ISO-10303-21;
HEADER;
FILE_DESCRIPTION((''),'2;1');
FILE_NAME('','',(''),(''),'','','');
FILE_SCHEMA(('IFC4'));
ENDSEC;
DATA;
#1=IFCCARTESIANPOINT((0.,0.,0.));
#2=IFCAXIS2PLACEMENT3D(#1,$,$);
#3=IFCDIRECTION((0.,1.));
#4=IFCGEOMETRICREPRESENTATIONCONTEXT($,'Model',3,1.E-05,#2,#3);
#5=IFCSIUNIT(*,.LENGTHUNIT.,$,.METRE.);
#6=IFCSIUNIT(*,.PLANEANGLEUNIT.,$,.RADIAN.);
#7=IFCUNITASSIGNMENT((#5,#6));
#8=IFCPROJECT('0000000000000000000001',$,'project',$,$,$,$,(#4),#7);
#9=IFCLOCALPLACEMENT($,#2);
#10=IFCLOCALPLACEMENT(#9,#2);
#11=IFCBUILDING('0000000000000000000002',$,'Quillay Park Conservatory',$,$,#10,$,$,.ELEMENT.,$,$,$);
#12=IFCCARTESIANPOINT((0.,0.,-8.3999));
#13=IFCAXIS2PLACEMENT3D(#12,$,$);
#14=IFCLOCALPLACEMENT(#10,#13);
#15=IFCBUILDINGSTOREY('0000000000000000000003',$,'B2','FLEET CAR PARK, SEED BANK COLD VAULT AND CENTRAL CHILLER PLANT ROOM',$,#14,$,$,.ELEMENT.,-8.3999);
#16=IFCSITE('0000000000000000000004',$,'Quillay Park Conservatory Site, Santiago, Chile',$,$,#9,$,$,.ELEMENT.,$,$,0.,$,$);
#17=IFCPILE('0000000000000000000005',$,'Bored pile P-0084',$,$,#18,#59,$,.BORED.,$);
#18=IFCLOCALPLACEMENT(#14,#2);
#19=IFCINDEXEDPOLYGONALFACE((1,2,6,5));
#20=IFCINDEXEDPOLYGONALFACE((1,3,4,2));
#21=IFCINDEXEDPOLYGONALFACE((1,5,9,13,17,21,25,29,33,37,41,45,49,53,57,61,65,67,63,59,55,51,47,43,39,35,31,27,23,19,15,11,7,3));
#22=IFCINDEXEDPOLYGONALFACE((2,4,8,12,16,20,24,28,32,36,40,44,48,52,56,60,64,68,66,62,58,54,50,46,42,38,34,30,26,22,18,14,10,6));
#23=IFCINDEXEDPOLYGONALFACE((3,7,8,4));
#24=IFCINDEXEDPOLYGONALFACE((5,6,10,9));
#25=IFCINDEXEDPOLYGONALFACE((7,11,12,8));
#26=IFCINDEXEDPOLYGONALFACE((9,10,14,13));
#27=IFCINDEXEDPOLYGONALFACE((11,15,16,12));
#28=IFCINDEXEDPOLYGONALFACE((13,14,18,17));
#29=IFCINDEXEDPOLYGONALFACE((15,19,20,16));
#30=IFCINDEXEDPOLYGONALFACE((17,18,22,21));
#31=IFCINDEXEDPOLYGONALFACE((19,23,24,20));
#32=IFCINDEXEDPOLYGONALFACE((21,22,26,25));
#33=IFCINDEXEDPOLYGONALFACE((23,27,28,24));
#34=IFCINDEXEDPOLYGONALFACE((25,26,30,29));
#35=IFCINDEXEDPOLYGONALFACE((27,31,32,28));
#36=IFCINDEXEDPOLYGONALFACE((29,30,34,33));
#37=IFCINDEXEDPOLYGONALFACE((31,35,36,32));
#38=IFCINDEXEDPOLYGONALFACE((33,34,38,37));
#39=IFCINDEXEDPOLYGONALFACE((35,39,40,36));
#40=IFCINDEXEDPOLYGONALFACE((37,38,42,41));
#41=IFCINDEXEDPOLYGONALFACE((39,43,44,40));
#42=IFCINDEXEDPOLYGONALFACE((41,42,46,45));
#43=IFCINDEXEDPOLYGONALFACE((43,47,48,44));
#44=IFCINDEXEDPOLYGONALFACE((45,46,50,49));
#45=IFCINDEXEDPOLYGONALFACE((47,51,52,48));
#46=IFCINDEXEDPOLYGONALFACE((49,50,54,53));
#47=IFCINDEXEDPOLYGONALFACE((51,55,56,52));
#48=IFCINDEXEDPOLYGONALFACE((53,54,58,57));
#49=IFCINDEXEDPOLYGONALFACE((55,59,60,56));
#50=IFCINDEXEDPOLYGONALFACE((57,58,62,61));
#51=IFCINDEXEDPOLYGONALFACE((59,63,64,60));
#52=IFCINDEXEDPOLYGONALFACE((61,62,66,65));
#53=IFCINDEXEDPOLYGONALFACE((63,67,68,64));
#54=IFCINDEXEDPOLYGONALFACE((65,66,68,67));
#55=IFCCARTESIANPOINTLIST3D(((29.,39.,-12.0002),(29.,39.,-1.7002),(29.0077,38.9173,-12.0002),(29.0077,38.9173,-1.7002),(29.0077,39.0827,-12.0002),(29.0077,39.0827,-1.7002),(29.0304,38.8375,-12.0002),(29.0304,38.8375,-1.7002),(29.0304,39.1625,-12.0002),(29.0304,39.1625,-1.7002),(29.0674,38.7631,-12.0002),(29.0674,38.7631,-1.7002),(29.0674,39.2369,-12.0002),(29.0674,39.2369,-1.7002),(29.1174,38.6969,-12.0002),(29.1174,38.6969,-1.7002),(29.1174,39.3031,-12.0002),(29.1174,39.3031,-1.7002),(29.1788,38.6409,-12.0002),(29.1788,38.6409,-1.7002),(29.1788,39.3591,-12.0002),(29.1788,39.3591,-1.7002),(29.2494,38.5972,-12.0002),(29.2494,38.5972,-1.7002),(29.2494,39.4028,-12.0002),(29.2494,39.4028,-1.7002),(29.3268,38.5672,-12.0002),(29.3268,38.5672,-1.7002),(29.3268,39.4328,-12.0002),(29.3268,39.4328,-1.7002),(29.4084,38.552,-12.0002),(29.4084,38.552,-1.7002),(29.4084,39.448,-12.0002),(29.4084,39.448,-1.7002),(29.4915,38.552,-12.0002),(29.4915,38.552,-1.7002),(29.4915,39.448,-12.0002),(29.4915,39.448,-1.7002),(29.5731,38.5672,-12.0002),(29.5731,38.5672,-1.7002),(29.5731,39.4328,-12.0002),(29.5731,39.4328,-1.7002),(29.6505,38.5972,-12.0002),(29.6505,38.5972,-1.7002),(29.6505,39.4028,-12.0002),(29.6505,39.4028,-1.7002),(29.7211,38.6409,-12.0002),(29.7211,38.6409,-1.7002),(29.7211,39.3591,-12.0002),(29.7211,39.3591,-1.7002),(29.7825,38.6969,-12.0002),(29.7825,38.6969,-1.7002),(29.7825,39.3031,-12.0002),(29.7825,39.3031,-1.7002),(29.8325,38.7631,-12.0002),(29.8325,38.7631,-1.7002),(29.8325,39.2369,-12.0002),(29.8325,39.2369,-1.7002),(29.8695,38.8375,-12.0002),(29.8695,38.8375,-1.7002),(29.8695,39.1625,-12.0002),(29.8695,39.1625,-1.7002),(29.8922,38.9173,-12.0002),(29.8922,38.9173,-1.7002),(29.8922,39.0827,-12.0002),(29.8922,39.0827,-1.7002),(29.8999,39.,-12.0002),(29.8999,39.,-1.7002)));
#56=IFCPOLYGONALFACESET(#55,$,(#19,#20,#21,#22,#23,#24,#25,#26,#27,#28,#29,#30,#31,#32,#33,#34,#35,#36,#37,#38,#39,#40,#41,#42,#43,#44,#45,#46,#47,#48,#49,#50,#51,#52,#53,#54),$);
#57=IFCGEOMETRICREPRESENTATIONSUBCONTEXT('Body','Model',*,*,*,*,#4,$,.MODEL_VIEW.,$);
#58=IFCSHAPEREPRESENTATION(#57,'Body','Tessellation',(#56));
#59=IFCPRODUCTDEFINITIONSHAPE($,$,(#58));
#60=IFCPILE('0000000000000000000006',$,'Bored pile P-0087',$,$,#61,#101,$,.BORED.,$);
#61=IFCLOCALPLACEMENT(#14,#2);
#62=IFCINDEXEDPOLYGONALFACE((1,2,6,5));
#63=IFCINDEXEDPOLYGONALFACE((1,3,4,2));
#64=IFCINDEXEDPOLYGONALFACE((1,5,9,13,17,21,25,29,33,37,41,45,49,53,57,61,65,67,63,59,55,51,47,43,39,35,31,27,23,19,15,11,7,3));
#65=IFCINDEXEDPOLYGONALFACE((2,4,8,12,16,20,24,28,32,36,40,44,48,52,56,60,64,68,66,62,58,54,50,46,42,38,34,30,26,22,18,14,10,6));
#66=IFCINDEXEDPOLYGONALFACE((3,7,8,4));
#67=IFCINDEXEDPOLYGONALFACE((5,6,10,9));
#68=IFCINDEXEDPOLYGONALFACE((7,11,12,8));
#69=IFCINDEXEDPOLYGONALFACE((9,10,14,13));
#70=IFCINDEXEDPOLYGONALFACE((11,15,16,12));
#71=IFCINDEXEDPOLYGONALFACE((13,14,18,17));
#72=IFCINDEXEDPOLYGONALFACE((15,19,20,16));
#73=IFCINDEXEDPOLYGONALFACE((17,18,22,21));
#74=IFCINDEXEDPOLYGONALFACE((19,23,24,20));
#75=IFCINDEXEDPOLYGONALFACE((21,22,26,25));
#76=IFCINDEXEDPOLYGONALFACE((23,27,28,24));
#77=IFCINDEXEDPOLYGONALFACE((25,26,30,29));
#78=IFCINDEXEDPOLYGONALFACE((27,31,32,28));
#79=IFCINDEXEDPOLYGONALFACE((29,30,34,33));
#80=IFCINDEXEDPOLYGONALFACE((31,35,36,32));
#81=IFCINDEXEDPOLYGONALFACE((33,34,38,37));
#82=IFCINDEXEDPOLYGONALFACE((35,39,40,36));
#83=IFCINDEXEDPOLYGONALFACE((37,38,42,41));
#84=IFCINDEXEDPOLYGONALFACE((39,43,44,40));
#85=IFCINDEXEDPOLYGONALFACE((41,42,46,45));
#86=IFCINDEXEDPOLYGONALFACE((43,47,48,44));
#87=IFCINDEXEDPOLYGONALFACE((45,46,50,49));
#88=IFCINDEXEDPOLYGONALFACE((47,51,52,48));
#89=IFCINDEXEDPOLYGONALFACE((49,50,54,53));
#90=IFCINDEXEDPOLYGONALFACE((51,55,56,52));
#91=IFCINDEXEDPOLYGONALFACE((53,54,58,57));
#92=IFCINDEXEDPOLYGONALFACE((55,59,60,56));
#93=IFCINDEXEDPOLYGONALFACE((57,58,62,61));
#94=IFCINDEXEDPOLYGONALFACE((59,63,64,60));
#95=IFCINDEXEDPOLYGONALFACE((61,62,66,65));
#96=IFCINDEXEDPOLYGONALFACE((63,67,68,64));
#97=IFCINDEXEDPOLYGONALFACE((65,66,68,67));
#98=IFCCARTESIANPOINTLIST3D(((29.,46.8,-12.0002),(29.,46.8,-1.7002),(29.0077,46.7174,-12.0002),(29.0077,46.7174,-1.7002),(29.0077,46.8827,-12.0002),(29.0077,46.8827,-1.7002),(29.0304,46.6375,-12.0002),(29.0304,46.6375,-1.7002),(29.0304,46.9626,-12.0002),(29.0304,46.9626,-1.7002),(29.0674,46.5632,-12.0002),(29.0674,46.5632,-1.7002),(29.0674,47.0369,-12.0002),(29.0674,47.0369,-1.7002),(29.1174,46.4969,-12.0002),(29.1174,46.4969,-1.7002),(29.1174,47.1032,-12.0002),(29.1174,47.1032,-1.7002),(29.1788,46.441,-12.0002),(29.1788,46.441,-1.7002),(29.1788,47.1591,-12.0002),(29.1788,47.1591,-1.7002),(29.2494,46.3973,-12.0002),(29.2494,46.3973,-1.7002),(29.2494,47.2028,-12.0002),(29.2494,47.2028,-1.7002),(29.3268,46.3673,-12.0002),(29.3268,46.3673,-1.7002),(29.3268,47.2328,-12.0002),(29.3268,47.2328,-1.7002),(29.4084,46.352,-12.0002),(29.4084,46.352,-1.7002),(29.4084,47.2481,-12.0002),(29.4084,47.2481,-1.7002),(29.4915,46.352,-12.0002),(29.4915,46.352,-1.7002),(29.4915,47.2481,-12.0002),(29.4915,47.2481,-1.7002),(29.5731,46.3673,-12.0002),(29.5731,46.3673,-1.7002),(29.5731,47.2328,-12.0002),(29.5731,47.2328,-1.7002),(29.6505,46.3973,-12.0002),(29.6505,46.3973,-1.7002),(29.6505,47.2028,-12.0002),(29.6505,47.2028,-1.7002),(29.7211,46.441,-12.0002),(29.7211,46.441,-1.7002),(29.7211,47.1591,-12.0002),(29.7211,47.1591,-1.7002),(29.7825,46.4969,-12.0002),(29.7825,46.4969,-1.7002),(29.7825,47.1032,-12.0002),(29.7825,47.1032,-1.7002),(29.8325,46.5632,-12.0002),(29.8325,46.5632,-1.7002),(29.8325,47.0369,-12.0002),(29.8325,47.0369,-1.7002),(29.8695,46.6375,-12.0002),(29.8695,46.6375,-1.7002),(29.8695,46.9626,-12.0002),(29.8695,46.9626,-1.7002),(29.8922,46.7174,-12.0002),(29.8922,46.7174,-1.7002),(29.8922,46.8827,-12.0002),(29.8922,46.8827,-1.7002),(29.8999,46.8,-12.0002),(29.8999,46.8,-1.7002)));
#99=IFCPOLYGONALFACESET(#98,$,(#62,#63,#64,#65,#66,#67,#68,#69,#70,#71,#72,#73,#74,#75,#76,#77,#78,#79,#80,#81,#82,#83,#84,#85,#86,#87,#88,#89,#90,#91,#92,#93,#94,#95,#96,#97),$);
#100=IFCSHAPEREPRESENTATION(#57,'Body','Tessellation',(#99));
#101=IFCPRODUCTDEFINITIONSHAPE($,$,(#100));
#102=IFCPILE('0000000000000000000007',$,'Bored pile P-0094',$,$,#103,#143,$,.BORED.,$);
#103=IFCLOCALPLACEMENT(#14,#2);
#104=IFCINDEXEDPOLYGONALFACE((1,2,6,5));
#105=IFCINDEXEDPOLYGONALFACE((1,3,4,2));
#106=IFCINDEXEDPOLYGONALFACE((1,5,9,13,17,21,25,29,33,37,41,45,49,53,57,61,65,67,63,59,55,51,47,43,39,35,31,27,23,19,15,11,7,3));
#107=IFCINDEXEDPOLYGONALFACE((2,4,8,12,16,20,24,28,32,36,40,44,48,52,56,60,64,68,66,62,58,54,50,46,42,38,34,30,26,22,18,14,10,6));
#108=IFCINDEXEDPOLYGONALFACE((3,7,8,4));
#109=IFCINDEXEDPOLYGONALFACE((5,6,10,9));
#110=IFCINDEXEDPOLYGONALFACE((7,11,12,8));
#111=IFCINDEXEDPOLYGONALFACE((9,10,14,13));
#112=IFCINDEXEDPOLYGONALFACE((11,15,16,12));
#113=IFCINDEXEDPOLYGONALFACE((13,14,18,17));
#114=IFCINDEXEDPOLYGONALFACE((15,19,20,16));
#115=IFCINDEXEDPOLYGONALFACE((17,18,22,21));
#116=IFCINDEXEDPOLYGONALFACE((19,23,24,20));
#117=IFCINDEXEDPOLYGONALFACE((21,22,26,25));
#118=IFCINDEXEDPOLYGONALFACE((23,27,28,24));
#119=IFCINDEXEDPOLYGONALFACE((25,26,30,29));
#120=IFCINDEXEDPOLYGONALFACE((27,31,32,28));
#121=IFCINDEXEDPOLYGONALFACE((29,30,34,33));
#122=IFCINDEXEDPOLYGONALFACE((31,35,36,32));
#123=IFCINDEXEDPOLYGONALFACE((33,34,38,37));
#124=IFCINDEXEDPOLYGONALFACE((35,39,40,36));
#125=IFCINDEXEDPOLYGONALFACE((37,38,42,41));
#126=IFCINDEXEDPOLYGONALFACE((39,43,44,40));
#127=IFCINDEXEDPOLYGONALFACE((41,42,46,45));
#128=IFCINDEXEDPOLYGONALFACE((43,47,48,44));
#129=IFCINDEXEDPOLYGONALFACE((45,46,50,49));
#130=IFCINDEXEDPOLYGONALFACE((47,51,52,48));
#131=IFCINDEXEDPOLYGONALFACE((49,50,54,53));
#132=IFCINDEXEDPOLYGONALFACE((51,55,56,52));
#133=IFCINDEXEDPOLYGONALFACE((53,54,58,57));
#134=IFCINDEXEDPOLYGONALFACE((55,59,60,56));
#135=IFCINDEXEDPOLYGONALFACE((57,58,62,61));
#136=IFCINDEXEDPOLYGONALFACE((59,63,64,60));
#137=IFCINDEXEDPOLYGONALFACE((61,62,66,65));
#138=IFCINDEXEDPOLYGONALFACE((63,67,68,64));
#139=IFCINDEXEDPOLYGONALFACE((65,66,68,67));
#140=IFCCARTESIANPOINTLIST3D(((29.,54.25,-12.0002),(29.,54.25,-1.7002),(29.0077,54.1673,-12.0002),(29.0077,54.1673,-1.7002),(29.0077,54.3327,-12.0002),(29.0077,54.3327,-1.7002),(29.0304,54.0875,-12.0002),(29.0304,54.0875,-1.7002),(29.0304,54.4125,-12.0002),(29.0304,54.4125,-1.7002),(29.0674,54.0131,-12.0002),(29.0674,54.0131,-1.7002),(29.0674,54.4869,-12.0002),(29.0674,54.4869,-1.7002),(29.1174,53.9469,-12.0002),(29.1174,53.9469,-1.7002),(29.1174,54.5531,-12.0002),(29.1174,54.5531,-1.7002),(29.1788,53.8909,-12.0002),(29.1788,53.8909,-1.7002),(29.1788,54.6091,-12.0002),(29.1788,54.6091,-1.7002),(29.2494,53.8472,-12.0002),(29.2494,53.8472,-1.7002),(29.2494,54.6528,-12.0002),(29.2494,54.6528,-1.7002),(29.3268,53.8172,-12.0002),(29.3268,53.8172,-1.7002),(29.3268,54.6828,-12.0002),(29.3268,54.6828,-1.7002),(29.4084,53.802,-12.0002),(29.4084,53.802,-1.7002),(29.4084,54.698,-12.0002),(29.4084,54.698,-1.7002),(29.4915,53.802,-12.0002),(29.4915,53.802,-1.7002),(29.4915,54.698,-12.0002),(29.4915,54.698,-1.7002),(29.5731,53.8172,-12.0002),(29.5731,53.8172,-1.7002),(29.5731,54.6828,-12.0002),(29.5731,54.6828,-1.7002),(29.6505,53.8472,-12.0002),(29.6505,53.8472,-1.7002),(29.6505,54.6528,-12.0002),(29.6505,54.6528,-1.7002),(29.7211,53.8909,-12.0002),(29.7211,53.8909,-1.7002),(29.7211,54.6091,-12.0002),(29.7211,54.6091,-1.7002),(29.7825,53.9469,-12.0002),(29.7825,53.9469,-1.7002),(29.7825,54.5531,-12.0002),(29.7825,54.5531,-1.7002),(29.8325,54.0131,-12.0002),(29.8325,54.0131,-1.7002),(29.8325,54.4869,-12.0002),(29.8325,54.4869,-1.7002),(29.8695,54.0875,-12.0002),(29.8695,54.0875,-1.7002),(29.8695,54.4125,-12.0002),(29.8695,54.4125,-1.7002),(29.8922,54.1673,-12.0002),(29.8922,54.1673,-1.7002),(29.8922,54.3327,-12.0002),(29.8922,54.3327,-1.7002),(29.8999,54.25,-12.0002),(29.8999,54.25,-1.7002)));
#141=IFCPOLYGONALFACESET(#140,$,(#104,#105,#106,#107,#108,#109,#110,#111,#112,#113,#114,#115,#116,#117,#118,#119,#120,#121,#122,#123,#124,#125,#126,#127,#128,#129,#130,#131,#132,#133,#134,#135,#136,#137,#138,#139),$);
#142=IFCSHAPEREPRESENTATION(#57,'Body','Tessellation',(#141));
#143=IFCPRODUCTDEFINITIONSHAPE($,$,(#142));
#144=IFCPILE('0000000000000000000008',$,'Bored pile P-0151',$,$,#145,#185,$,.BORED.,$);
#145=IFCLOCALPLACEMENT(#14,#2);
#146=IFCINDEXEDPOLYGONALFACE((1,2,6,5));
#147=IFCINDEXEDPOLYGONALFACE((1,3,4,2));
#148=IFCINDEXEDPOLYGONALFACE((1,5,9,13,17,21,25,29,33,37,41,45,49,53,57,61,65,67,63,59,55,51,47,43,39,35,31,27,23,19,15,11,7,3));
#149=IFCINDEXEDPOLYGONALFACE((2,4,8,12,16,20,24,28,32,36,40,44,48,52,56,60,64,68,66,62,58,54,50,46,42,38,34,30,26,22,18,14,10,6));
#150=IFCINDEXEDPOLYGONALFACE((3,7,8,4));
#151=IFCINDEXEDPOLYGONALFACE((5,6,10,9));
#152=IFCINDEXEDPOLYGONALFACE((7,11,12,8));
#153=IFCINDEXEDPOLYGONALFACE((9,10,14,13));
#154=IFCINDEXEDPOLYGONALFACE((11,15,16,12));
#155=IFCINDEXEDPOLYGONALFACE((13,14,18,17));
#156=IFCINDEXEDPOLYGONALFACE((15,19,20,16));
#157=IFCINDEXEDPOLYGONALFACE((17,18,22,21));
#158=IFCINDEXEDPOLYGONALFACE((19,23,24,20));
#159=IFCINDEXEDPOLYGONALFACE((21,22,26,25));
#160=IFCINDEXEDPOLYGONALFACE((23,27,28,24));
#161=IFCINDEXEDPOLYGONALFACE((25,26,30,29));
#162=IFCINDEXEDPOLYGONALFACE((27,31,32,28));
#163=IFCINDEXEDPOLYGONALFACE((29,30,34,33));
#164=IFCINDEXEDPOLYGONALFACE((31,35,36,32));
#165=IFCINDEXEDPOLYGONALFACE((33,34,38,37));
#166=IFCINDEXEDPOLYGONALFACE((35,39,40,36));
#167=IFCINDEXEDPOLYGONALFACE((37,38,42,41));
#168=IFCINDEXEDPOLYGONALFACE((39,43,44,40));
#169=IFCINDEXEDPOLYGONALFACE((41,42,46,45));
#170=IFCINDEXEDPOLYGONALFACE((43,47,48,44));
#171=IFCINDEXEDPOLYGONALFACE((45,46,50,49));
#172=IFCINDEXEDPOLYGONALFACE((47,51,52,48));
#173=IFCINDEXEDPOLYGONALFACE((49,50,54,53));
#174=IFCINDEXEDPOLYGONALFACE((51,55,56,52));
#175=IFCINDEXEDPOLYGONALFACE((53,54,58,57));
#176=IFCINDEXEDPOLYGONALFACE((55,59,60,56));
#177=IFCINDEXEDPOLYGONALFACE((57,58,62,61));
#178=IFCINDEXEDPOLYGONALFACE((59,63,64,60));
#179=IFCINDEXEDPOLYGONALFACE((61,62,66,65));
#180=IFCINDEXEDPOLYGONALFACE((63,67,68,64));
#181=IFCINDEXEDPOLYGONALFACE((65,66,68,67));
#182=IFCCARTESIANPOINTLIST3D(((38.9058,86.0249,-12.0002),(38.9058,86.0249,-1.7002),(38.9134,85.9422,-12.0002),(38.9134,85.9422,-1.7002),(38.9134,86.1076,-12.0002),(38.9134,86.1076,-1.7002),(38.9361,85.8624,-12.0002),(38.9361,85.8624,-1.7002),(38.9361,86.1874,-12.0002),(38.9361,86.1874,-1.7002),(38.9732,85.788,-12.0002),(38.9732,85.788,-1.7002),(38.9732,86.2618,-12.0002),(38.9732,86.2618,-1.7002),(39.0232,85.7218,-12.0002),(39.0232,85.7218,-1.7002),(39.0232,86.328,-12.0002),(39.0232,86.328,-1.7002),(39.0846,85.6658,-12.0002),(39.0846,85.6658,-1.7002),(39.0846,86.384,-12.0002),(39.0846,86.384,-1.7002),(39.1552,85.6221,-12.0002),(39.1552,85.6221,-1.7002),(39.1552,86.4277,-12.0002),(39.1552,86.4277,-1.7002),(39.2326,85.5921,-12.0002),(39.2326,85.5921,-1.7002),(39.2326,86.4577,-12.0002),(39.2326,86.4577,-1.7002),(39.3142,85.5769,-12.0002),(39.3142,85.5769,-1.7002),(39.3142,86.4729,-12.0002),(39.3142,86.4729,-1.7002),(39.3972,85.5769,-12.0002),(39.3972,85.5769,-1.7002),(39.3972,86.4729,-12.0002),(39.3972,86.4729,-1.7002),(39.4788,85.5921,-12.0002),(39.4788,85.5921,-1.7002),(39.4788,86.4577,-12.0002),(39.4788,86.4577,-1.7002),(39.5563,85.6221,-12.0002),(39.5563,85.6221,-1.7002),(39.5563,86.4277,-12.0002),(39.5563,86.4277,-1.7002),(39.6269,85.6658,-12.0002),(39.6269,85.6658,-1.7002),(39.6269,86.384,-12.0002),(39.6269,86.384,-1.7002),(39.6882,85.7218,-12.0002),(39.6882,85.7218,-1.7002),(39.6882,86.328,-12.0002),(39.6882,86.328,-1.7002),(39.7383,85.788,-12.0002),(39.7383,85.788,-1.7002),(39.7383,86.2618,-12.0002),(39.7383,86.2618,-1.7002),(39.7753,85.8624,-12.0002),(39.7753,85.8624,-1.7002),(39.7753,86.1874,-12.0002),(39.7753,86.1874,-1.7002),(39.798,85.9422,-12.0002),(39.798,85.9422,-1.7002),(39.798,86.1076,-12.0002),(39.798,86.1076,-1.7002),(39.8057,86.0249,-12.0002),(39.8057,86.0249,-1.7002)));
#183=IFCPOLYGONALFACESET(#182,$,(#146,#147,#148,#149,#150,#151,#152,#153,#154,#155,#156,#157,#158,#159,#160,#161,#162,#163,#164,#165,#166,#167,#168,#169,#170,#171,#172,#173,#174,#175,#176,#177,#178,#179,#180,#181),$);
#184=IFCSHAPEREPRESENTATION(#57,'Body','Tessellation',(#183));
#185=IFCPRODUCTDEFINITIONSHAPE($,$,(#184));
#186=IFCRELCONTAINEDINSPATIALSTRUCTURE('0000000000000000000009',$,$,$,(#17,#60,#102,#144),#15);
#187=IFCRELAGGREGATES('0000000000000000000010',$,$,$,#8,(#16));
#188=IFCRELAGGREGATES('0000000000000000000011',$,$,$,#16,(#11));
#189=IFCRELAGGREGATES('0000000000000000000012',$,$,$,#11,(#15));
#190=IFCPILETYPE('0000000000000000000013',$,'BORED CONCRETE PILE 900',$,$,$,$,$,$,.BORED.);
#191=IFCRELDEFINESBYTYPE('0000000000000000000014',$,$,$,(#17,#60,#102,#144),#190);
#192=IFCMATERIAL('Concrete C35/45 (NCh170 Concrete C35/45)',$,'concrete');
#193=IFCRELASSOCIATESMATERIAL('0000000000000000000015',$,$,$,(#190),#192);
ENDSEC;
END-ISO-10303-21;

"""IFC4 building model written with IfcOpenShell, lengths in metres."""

from ifc_helpers import new_model, si_unit, direction, frame, origin, origin_2d, place, context, subcontext, project, spatial, circle, extrude, material, material_profile, profile_set, type_object, element, save


model = new_model("IFC4")

# Units and contexts
model_context = context("Model", 3, precision=1e-05, world=origin(), true_north=direction((0.0, 1.0)))
body_context = subcontext(model_context, "Body", "Model", "MODEL_VIEW")
ifc_project = project(units=[si_unit("LENGTHUNIT", "METRE"), si_unit("PLANEANGLEUNIT", "RADIAN")], contexts=[model_context])

# Site, building, storey
site_placement = place(None, origin())
site = spatial("IfcSite", under=ifc_project, at=site_placement, Name="Quillay Park Conservatory Site, Santiago, Chile", CompositionType="ELEMENT", RefElevation=0.0)
building_placement = place(site_placement, origin())
building = spatial("IfcBuilding", under=site, at=building_placement, Name="Quillay Park Conservatory", CompositionType="ELEMENT")
storey_placement = place(building_placement, frame((0.0, 0.0, -8.3999)))
storey = spatial("IfcBuildingStorey", under=building, at=storey_placement, Name="B2", Description="FLEET CAR PARK, SEED BANK COLD VAULT AND CENTRAL CHILLER PLANT ROOM", CompositionType="ELEMENT", Elevation=-8.3999)

# Piles
ifc_material_1 = material(Name="Concrete C35/45 (NCh170 Concrete C35/45)", Category="concrete")
ifc_material_profile_1 = material_profile(ifc_material_1, circle(Radius=0.45, at=origin_2d()), Name="PILE900")
ifc_profile_set_1 = profile_set([ifc_material_profile_1], Name="Concrete C35/45 (NCh170 Concrete C35/45)")
pile_type_1 = type_object("IfcPileType", Name="BORED CONCRETE PILE 900", PredefinedType="BORED", material=ifc_profile_set_1)
for number, where, z_axis, x_axis, name in (
    (1, (29.45, 39.0, -1.7002), (0.0, 0.0, -1.0), (1.0, 0.0, 0.0), "Bored pile P-0084"),
    (2, (29.45, 46.8, -1.7002), (0.0, 0.0, -1.0), (1.0, 0.0, 0.0), "Bored pile P-0087"),
    (3, (29.45, 54.25, -1.7002), (0.0, 0.0, -1.0), (1.0, 0.0, 0.0), "Bored pile P-0094"),
    (4, (39.3557, 86.0249, -1.7002), (0.0, 0.0, -1.0), (1.0, 0.0, 0.0), "Bored pile P-0151"),
):
    element("IfcPile", number, at=place(storey_placement, frame(where, z_axis=z_axis, x_axis=x_axis)), inside=storey, type_object=pile_type_1, Name=name, PredefinedType="BORED", context=body_context, shape_type="SweptSolid", body=[
        extrude(circle(Radius=0.45, at=origin_2d()), origin(), (0.0, 0.0, 1.0), 10.3),
    ])

save(model, "model.ifc")
